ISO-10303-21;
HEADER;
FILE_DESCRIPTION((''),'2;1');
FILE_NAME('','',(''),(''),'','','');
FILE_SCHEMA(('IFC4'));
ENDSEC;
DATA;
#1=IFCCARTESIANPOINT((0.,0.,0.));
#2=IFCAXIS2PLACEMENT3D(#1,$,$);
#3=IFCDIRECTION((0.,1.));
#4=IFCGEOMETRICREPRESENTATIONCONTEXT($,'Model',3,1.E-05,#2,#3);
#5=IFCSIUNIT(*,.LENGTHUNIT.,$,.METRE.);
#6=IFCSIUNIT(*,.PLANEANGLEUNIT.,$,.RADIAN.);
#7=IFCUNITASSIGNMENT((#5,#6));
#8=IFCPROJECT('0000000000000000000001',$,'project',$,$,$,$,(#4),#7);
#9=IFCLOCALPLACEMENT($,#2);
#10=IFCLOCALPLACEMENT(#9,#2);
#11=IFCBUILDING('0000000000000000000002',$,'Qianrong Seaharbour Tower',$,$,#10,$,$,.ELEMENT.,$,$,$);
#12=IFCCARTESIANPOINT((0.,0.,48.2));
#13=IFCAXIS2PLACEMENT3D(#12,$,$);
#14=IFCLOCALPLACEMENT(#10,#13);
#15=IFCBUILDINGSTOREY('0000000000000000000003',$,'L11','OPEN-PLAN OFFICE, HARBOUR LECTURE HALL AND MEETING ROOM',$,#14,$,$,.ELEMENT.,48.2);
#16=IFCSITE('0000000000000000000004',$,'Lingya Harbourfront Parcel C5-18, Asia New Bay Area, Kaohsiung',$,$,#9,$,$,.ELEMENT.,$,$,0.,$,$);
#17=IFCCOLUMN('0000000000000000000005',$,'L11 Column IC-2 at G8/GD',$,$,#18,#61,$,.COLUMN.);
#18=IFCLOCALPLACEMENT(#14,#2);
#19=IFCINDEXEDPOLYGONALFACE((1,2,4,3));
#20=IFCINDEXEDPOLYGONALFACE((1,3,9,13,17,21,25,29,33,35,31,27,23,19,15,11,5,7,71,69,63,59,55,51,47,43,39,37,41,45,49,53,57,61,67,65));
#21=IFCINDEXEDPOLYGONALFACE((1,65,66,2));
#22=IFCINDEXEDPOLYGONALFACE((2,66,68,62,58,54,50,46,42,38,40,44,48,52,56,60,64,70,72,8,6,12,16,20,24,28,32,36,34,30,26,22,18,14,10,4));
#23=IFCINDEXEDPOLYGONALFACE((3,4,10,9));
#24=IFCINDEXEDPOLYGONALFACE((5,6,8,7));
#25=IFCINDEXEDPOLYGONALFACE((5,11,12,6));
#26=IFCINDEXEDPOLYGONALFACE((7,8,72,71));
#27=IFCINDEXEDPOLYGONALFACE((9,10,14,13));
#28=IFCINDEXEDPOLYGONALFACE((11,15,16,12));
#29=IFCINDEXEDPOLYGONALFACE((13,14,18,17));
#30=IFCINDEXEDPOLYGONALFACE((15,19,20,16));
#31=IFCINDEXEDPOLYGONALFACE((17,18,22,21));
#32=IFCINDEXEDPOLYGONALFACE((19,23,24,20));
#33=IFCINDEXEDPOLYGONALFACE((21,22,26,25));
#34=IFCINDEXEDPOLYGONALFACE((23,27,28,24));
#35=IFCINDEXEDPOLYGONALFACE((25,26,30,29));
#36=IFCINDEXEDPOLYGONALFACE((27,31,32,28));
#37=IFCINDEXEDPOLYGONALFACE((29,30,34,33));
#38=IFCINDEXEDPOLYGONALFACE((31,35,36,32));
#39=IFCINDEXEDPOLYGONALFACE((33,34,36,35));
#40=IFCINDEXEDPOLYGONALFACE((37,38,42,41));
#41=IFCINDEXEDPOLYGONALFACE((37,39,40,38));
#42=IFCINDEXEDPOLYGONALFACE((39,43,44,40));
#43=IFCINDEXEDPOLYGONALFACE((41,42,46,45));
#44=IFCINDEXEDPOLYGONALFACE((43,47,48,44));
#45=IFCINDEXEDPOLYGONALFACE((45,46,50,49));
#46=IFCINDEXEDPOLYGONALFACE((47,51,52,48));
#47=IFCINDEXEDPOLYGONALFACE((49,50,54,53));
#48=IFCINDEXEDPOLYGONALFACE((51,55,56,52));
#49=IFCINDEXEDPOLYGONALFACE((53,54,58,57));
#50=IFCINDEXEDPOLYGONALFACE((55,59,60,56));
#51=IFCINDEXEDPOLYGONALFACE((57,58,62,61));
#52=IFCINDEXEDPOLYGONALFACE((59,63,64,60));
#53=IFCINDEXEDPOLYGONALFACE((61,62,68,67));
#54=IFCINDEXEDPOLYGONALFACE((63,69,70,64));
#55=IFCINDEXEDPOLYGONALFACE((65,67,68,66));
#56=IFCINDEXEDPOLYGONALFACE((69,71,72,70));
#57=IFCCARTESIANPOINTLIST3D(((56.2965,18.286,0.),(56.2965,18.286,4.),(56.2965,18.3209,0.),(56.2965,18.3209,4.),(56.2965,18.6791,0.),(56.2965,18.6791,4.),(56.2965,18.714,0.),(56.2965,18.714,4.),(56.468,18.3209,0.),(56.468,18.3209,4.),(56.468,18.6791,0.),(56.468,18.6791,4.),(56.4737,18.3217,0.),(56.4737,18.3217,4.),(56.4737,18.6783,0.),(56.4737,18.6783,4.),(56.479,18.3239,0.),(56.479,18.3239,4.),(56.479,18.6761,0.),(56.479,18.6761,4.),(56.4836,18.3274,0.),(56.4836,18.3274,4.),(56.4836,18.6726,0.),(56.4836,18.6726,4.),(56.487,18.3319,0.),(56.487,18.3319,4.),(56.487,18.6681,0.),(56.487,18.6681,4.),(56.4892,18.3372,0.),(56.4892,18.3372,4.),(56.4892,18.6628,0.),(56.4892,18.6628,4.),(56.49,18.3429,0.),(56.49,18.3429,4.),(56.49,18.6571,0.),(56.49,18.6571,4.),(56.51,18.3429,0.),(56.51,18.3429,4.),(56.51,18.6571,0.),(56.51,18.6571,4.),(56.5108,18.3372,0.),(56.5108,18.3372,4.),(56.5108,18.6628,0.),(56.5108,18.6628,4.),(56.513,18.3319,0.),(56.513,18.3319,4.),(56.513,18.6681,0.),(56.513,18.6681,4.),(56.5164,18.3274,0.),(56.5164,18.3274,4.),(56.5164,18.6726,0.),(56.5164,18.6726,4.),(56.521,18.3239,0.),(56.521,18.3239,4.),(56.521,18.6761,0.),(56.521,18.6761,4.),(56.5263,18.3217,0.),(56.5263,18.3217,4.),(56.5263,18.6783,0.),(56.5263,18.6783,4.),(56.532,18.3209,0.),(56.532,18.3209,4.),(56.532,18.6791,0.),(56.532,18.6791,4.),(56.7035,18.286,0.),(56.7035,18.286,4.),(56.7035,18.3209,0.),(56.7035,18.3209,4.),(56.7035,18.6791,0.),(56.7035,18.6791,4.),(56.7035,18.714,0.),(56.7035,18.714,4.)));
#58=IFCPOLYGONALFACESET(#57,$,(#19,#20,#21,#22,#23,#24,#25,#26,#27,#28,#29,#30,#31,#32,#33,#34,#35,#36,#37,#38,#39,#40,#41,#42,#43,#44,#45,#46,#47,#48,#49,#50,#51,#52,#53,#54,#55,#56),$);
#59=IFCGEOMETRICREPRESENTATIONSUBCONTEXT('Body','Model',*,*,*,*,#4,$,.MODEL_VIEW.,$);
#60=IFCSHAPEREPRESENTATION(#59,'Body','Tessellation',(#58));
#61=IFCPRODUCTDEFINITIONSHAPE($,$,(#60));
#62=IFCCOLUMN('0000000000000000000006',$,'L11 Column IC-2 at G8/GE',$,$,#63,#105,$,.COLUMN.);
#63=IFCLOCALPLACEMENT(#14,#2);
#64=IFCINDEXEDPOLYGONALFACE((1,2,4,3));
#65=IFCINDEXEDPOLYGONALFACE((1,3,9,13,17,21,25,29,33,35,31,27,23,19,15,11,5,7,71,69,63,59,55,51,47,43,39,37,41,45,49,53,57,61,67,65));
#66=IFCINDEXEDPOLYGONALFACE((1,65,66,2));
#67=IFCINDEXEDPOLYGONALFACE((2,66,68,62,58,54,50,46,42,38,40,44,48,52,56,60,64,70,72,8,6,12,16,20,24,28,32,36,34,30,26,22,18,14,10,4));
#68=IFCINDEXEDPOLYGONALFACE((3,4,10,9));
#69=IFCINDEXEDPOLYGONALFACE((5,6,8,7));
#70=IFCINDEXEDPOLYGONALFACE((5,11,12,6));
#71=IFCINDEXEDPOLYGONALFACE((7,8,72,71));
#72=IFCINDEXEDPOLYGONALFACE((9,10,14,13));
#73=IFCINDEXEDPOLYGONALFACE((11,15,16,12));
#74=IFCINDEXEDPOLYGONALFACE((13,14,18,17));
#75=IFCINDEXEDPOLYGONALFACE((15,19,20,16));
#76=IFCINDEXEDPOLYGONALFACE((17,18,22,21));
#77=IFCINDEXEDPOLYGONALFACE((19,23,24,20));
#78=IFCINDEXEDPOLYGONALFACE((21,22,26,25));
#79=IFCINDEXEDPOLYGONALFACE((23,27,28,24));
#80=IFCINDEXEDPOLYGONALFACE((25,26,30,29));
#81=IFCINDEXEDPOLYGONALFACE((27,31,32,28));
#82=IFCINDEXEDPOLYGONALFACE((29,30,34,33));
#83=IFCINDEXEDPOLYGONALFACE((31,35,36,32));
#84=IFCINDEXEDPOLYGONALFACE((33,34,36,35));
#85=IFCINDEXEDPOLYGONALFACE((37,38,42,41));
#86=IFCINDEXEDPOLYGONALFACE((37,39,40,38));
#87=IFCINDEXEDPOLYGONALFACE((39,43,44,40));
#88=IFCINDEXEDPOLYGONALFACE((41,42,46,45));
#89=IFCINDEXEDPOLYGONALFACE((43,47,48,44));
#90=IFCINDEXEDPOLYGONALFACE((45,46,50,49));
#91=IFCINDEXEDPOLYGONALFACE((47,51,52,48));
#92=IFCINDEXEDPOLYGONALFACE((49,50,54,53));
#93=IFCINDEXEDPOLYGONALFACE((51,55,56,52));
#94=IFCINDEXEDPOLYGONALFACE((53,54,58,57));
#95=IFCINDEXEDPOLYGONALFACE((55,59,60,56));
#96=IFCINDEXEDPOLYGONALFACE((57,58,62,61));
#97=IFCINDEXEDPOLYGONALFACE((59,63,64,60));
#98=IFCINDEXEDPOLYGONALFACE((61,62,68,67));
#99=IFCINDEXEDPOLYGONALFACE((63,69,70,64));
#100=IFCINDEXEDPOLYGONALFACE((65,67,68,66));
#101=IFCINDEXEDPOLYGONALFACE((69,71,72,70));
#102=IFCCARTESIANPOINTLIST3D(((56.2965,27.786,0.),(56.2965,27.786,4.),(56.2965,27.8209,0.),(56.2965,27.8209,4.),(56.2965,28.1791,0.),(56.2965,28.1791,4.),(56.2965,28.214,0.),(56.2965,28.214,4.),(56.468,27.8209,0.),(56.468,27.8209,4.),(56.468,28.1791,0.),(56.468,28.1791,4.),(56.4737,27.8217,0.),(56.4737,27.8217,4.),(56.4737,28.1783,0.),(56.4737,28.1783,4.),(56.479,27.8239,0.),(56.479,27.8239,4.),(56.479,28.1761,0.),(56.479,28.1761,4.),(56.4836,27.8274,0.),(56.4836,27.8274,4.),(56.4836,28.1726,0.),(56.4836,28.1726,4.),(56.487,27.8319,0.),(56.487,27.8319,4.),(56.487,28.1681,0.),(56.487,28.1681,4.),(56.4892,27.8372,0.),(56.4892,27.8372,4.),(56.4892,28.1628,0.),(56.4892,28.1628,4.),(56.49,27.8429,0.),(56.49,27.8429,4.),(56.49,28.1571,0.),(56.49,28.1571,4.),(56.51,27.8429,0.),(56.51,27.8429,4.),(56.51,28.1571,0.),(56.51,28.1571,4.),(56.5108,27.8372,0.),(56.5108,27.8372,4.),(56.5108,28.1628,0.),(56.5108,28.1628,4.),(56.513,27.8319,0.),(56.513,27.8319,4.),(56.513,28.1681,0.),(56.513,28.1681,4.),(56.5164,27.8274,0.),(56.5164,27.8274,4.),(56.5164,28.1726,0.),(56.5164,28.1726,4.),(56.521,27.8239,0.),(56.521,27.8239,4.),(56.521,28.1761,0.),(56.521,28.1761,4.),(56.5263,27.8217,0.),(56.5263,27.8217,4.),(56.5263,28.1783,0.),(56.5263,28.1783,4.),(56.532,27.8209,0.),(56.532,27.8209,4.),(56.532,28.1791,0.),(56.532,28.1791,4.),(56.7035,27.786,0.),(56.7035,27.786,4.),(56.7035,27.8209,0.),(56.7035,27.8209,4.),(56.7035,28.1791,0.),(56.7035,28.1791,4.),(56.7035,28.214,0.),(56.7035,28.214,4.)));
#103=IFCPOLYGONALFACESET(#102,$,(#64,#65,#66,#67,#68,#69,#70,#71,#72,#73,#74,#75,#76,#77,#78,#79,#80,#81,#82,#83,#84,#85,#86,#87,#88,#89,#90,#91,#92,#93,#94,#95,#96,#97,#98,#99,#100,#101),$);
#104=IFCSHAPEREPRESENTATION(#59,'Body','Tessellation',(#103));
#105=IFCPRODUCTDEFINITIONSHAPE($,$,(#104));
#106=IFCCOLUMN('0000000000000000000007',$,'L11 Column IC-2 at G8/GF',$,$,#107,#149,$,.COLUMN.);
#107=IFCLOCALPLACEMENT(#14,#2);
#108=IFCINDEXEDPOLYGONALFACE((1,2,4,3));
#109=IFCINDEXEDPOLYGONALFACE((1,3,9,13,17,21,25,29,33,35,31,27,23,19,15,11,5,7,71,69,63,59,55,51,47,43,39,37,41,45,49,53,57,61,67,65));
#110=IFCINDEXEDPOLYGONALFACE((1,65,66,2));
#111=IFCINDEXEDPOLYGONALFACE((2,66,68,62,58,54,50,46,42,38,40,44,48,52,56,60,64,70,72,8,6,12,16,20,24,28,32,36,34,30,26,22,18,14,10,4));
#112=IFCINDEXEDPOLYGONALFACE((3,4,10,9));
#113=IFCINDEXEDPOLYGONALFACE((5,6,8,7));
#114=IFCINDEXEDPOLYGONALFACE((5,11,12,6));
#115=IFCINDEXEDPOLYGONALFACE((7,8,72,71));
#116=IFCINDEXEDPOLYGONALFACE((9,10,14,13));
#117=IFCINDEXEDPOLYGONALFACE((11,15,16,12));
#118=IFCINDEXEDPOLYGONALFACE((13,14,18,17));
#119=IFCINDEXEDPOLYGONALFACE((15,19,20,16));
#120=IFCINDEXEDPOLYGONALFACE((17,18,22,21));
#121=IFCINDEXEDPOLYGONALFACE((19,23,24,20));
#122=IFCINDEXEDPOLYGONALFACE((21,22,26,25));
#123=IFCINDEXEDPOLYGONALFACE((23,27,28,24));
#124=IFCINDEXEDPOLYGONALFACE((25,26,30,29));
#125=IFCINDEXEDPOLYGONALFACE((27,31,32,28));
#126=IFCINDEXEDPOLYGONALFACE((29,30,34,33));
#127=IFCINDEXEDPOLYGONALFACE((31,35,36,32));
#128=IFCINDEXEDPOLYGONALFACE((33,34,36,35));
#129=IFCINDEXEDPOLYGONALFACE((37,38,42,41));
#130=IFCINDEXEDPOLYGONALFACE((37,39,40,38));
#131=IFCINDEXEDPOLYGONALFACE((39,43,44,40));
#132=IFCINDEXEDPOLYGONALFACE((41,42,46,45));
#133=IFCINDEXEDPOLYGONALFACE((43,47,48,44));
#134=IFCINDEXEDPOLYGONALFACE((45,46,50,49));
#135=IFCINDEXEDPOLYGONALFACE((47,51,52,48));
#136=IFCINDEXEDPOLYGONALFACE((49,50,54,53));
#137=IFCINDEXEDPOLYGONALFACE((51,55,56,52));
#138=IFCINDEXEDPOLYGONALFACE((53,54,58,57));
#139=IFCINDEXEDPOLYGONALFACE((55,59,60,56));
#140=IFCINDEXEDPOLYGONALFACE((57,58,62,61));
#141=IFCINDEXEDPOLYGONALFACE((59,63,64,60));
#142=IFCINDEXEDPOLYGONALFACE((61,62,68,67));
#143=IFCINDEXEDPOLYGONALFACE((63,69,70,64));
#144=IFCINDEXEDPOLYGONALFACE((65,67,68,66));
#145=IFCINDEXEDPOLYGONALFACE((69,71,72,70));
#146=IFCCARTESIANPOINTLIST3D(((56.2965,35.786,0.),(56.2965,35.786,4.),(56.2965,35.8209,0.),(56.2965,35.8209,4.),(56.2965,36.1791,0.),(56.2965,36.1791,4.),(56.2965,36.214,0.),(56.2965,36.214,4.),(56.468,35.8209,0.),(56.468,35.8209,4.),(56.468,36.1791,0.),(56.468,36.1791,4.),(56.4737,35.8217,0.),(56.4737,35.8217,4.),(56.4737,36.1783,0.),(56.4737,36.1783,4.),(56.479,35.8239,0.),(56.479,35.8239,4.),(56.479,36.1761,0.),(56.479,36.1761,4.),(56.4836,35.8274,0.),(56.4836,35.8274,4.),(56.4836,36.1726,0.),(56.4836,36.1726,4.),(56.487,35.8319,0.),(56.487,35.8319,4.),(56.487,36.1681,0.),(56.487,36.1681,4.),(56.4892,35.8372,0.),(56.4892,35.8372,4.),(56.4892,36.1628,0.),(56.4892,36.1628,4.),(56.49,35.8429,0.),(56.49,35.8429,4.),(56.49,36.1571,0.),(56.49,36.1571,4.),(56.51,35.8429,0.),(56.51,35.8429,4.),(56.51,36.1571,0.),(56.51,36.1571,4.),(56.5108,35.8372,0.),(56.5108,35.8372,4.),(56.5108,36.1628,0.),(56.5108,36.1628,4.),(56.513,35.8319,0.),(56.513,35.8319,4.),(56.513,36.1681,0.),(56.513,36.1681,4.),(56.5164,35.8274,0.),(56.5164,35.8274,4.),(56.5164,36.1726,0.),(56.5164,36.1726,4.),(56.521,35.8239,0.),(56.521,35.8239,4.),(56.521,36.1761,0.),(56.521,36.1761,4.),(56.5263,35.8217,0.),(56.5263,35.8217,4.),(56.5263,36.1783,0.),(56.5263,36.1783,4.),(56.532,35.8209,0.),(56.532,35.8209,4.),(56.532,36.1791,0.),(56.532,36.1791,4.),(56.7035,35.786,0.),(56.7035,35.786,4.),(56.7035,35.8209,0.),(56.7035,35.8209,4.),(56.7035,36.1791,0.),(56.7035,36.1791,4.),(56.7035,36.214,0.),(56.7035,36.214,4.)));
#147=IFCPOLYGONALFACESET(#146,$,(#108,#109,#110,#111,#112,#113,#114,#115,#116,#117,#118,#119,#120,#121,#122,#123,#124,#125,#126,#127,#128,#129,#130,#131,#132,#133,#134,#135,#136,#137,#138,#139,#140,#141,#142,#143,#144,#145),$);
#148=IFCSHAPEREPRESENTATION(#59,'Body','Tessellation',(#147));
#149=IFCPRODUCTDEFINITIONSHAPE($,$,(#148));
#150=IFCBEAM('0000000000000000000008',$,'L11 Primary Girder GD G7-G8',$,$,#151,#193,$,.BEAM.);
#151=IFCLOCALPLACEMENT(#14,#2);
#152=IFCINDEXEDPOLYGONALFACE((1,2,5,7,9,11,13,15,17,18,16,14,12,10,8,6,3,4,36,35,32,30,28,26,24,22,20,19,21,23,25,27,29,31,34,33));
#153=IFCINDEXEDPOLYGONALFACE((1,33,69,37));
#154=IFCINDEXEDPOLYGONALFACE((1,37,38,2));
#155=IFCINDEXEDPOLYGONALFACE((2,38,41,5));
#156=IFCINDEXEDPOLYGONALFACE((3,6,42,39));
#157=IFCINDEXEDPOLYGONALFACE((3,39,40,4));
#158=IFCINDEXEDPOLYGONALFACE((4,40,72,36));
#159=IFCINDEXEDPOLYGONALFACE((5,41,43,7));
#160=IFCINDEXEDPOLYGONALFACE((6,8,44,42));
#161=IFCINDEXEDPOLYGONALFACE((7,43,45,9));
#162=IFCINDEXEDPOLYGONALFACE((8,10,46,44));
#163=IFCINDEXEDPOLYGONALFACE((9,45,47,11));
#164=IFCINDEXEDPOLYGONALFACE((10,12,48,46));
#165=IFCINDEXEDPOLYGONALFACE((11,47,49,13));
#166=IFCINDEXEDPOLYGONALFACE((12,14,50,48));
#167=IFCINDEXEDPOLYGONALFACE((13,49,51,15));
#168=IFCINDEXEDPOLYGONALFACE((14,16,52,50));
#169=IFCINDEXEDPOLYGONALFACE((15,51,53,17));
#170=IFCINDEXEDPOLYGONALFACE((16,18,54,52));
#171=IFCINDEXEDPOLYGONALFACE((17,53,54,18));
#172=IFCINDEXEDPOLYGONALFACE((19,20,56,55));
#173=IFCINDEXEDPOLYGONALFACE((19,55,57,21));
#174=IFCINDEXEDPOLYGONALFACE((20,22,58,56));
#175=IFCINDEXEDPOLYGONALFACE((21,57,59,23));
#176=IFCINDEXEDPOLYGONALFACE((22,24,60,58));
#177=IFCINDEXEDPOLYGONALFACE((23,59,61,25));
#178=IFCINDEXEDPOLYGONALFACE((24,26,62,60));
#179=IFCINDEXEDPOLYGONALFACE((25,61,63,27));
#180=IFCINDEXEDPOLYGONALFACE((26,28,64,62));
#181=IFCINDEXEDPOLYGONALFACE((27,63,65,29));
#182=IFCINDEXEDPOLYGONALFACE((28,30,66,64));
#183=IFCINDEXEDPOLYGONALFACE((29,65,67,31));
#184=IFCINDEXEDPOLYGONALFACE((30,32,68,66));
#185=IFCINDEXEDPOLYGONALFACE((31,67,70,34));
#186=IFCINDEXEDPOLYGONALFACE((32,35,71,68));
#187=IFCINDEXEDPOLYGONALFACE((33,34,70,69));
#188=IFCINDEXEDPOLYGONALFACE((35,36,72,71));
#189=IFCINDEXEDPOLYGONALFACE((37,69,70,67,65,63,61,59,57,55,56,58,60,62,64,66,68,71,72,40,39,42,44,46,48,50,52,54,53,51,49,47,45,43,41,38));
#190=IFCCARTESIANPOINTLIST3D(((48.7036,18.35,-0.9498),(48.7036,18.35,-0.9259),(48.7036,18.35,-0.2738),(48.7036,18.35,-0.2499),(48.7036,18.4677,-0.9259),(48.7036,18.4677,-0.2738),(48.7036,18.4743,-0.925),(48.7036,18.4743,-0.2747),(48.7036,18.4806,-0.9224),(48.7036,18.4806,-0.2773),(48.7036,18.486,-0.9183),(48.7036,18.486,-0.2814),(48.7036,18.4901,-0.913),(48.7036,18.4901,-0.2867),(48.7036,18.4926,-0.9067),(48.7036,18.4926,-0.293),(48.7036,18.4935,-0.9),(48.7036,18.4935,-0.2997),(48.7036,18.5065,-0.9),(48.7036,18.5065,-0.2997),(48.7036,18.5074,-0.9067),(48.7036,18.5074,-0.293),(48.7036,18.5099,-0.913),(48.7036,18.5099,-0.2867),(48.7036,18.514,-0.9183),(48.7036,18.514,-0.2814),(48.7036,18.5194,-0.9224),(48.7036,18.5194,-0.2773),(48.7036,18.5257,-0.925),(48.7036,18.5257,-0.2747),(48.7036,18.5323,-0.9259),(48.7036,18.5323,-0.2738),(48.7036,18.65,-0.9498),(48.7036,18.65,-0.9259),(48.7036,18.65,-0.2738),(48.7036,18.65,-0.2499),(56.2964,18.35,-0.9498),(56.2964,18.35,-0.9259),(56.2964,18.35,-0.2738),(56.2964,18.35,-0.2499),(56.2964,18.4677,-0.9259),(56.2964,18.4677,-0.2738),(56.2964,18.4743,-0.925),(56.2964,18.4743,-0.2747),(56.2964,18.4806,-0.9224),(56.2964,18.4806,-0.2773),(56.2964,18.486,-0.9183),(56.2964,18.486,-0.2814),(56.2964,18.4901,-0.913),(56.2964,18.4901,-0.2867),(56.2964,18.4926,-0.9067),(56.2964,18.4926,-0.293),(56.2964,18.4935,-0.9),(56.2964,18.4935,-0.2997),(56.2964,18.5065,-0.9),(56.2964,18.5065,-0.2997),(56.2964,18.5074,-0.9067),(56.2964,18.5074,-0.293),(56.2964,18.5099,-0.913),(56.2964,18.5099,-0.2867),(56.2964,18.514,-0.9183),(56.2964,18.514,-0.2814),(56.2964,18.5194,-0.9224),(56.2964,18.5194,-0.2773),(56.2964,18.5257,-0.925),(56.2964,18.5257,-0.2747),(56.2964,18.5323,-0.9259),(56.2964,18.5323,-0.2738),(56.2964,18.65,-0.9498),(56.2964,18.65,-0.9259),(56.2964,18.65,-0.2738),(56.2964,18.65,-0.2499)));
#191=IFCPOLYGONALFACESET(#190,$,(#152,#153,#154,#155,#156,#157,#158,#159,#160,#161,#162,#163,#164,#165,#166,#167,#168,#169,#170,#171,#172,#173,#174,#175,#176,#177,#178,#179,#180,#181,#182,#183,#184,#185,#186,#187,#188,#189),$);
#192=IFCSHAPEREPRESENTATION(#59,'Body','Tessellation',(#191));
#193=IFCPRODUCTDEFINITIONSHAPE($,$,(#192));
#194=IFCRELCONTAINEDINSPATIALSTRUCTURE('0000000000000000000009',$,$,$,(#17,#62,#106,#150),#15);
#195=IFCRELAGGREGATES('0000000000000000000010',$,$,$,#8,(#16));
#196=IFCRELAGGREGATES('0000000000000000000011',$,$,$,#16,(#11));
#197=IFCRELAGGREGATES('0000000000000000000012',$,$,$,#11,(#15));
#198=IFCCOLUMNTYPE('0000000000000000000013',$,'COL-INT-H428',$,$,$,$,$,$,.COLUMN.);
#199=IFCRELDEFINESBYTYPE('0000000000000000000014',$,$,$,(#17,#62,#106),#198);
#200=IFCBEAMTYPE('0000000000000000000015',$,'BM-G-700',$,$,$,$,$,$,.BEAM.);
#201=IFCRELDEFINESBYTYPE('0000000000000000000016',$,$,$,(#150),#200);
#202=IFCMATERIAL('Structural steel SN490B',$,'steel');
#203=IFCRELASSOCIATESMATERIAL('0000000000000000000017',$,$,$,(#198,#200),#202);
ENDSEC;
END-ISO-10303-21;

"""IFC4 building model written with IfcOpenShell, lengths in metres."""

from ifc_helpers import new_model, si_unit, direction, frame, origin, origin_2d, place, context, subcontext, project, spatial, i_section, extrude, material, material_profile, profile_set, type_object, element, save


model = new_model("IFC4")

# Units and contexts
model_context = context("Model", 3, precision=1e-05, world=origin(), true_north=direction((0.0, 1.0)))
body_context = subcontext(model_context, "Body", "Model", "MODEL_VIEW")
ifc_project = project(units=[si_unit("LENGTHUNIT", "METRE"), si_unit("PLANEANGLEUNIT", "RADIAN")], contexts=[model_context])

# Site, building, storey
site_placement = place(None, origin())
site = spatial("IfcSite", under=ifc_project, at=site_placement, Name="Lingya Harbourfront Parcel C5-18, Asia New Bay Area, Kaohsiung", CompositionType="ELEMENT", RefElevation=0.0)
building_placement = place(site_placement, origin())
building = spatial("IfcBuilding", under=site, at=building_placement, Name="Qianrong Seaharbour Tower", CompositionType="ELEMENT")
storey_placement = place(building_placement, frame((0.0, 0.0, 48.2)))
storey = spatial("IfcBuildingStorey", under=building, at=storey_placement, Name="L11", Description="OPEN-PLAN OFFICE, HARBOUR LECTURE HALL AND MEETING ROOM", CompositionType="ELEMENT", Elevation=48.2)

# Columns
ifc_material_1 = material(Name="Structural steel SN490B", Category="steel")
ifc_material_profile_1 = material_profile(ifc_material_1, i_section(OverallWidth=0.407, OverallDepth=0.428, WebThickness=0.02, FlangeThickness=0.0349, FilletRadius=0.022, at=origin_2d()), Name="H428x407x20x35")
ifc_profile_set_1 = profile_set([ifc_material_profile_1], Name="Structural steel SN490B")
column_type_1 = type_object("IfcColumnType", Name="COL-INT-H428", PredefinedType="COLUMN", material=ifc_profile_set_1)
for number, where, z_axis, x_axis, name in (
    (1, (56.5, 18.5, 0.0), (0.0, 0.0, 1.0), (1.0, 0.0, 0.0), "L11 Column IC-2 at G8/GD"),
    (2, (56.5, 28.0, 0.0), (0.0, 0.0, 1.0), (1.0, 0.0, 0.0), "L11 Column IC-2 at G8/GE"),
    (3, (56.5, 36.0, 0.0), (0.0, 0.0, 1.0), (1.0, 0.0, 0.0), "L11 Column IC-2 at G8/GF"),
):
    element("IfcColumn", number, at=place(storey_placement, frame(where, z_axis=z_axis, x_axis=x_axis)), inside=storey, type_object=column_type_1, Name=name, PredefinedType="COLUMN", context=body_context, shape_type="SweptSolid", body=[
        extrude(i_section(OverallWidth=0.407, OverallDepth=0.428, WebThickness=0.02, FlangeThickness=0.0349, FilletRadius=0.022, at=origin_2d()), origin(), (0.0, 0.0, 1.0), 4.0),
    ])

# Beam
ifc_material_profile_2 = material_profile(ifc_material_1, i_section(OverallWidth=0.3, OverallDepth=0.7, WebThickness=0.0129, FlangeThickness=0.0239, FilletRadius=0.0259, at=origin_2d()), Name="H700x300x13x24")
ifc_profile_set_2 = profile_set([ifc_material_profile_2], Name="Structural steel SN490B")
beam_type_1 = type_object("IfcBeamType", Name="BM-G-700", PredefinedType="BEAM", material=ifc_profile_set_2)
beam_1_placement = place(storey_placement, frame((48.7036, 18.5, -0.5999), z_axis=(1.0, 0.0, 0.0), x_axis=(0.0, 1.0, 0.0)))
element("IfcBeam", 4, at=beam_1_placement, inside=storey, type_object=beam_type_1, Name="L11 Primary Girder GD G7-G8", PredefinedType="BEAM", context=body_context, shape_type="SweptSolid", body=[
    extrude(i_section(OverallWidth=0.3, OverallDepth=0.7, WebThickness=0.0129, FlangeThickness=0.0239, FilletRadius=0.0259, at=origin_2d()), origin(), (0.0, 0.0, 1.0), 7.5928),
])

save(model, "model.ifc")
